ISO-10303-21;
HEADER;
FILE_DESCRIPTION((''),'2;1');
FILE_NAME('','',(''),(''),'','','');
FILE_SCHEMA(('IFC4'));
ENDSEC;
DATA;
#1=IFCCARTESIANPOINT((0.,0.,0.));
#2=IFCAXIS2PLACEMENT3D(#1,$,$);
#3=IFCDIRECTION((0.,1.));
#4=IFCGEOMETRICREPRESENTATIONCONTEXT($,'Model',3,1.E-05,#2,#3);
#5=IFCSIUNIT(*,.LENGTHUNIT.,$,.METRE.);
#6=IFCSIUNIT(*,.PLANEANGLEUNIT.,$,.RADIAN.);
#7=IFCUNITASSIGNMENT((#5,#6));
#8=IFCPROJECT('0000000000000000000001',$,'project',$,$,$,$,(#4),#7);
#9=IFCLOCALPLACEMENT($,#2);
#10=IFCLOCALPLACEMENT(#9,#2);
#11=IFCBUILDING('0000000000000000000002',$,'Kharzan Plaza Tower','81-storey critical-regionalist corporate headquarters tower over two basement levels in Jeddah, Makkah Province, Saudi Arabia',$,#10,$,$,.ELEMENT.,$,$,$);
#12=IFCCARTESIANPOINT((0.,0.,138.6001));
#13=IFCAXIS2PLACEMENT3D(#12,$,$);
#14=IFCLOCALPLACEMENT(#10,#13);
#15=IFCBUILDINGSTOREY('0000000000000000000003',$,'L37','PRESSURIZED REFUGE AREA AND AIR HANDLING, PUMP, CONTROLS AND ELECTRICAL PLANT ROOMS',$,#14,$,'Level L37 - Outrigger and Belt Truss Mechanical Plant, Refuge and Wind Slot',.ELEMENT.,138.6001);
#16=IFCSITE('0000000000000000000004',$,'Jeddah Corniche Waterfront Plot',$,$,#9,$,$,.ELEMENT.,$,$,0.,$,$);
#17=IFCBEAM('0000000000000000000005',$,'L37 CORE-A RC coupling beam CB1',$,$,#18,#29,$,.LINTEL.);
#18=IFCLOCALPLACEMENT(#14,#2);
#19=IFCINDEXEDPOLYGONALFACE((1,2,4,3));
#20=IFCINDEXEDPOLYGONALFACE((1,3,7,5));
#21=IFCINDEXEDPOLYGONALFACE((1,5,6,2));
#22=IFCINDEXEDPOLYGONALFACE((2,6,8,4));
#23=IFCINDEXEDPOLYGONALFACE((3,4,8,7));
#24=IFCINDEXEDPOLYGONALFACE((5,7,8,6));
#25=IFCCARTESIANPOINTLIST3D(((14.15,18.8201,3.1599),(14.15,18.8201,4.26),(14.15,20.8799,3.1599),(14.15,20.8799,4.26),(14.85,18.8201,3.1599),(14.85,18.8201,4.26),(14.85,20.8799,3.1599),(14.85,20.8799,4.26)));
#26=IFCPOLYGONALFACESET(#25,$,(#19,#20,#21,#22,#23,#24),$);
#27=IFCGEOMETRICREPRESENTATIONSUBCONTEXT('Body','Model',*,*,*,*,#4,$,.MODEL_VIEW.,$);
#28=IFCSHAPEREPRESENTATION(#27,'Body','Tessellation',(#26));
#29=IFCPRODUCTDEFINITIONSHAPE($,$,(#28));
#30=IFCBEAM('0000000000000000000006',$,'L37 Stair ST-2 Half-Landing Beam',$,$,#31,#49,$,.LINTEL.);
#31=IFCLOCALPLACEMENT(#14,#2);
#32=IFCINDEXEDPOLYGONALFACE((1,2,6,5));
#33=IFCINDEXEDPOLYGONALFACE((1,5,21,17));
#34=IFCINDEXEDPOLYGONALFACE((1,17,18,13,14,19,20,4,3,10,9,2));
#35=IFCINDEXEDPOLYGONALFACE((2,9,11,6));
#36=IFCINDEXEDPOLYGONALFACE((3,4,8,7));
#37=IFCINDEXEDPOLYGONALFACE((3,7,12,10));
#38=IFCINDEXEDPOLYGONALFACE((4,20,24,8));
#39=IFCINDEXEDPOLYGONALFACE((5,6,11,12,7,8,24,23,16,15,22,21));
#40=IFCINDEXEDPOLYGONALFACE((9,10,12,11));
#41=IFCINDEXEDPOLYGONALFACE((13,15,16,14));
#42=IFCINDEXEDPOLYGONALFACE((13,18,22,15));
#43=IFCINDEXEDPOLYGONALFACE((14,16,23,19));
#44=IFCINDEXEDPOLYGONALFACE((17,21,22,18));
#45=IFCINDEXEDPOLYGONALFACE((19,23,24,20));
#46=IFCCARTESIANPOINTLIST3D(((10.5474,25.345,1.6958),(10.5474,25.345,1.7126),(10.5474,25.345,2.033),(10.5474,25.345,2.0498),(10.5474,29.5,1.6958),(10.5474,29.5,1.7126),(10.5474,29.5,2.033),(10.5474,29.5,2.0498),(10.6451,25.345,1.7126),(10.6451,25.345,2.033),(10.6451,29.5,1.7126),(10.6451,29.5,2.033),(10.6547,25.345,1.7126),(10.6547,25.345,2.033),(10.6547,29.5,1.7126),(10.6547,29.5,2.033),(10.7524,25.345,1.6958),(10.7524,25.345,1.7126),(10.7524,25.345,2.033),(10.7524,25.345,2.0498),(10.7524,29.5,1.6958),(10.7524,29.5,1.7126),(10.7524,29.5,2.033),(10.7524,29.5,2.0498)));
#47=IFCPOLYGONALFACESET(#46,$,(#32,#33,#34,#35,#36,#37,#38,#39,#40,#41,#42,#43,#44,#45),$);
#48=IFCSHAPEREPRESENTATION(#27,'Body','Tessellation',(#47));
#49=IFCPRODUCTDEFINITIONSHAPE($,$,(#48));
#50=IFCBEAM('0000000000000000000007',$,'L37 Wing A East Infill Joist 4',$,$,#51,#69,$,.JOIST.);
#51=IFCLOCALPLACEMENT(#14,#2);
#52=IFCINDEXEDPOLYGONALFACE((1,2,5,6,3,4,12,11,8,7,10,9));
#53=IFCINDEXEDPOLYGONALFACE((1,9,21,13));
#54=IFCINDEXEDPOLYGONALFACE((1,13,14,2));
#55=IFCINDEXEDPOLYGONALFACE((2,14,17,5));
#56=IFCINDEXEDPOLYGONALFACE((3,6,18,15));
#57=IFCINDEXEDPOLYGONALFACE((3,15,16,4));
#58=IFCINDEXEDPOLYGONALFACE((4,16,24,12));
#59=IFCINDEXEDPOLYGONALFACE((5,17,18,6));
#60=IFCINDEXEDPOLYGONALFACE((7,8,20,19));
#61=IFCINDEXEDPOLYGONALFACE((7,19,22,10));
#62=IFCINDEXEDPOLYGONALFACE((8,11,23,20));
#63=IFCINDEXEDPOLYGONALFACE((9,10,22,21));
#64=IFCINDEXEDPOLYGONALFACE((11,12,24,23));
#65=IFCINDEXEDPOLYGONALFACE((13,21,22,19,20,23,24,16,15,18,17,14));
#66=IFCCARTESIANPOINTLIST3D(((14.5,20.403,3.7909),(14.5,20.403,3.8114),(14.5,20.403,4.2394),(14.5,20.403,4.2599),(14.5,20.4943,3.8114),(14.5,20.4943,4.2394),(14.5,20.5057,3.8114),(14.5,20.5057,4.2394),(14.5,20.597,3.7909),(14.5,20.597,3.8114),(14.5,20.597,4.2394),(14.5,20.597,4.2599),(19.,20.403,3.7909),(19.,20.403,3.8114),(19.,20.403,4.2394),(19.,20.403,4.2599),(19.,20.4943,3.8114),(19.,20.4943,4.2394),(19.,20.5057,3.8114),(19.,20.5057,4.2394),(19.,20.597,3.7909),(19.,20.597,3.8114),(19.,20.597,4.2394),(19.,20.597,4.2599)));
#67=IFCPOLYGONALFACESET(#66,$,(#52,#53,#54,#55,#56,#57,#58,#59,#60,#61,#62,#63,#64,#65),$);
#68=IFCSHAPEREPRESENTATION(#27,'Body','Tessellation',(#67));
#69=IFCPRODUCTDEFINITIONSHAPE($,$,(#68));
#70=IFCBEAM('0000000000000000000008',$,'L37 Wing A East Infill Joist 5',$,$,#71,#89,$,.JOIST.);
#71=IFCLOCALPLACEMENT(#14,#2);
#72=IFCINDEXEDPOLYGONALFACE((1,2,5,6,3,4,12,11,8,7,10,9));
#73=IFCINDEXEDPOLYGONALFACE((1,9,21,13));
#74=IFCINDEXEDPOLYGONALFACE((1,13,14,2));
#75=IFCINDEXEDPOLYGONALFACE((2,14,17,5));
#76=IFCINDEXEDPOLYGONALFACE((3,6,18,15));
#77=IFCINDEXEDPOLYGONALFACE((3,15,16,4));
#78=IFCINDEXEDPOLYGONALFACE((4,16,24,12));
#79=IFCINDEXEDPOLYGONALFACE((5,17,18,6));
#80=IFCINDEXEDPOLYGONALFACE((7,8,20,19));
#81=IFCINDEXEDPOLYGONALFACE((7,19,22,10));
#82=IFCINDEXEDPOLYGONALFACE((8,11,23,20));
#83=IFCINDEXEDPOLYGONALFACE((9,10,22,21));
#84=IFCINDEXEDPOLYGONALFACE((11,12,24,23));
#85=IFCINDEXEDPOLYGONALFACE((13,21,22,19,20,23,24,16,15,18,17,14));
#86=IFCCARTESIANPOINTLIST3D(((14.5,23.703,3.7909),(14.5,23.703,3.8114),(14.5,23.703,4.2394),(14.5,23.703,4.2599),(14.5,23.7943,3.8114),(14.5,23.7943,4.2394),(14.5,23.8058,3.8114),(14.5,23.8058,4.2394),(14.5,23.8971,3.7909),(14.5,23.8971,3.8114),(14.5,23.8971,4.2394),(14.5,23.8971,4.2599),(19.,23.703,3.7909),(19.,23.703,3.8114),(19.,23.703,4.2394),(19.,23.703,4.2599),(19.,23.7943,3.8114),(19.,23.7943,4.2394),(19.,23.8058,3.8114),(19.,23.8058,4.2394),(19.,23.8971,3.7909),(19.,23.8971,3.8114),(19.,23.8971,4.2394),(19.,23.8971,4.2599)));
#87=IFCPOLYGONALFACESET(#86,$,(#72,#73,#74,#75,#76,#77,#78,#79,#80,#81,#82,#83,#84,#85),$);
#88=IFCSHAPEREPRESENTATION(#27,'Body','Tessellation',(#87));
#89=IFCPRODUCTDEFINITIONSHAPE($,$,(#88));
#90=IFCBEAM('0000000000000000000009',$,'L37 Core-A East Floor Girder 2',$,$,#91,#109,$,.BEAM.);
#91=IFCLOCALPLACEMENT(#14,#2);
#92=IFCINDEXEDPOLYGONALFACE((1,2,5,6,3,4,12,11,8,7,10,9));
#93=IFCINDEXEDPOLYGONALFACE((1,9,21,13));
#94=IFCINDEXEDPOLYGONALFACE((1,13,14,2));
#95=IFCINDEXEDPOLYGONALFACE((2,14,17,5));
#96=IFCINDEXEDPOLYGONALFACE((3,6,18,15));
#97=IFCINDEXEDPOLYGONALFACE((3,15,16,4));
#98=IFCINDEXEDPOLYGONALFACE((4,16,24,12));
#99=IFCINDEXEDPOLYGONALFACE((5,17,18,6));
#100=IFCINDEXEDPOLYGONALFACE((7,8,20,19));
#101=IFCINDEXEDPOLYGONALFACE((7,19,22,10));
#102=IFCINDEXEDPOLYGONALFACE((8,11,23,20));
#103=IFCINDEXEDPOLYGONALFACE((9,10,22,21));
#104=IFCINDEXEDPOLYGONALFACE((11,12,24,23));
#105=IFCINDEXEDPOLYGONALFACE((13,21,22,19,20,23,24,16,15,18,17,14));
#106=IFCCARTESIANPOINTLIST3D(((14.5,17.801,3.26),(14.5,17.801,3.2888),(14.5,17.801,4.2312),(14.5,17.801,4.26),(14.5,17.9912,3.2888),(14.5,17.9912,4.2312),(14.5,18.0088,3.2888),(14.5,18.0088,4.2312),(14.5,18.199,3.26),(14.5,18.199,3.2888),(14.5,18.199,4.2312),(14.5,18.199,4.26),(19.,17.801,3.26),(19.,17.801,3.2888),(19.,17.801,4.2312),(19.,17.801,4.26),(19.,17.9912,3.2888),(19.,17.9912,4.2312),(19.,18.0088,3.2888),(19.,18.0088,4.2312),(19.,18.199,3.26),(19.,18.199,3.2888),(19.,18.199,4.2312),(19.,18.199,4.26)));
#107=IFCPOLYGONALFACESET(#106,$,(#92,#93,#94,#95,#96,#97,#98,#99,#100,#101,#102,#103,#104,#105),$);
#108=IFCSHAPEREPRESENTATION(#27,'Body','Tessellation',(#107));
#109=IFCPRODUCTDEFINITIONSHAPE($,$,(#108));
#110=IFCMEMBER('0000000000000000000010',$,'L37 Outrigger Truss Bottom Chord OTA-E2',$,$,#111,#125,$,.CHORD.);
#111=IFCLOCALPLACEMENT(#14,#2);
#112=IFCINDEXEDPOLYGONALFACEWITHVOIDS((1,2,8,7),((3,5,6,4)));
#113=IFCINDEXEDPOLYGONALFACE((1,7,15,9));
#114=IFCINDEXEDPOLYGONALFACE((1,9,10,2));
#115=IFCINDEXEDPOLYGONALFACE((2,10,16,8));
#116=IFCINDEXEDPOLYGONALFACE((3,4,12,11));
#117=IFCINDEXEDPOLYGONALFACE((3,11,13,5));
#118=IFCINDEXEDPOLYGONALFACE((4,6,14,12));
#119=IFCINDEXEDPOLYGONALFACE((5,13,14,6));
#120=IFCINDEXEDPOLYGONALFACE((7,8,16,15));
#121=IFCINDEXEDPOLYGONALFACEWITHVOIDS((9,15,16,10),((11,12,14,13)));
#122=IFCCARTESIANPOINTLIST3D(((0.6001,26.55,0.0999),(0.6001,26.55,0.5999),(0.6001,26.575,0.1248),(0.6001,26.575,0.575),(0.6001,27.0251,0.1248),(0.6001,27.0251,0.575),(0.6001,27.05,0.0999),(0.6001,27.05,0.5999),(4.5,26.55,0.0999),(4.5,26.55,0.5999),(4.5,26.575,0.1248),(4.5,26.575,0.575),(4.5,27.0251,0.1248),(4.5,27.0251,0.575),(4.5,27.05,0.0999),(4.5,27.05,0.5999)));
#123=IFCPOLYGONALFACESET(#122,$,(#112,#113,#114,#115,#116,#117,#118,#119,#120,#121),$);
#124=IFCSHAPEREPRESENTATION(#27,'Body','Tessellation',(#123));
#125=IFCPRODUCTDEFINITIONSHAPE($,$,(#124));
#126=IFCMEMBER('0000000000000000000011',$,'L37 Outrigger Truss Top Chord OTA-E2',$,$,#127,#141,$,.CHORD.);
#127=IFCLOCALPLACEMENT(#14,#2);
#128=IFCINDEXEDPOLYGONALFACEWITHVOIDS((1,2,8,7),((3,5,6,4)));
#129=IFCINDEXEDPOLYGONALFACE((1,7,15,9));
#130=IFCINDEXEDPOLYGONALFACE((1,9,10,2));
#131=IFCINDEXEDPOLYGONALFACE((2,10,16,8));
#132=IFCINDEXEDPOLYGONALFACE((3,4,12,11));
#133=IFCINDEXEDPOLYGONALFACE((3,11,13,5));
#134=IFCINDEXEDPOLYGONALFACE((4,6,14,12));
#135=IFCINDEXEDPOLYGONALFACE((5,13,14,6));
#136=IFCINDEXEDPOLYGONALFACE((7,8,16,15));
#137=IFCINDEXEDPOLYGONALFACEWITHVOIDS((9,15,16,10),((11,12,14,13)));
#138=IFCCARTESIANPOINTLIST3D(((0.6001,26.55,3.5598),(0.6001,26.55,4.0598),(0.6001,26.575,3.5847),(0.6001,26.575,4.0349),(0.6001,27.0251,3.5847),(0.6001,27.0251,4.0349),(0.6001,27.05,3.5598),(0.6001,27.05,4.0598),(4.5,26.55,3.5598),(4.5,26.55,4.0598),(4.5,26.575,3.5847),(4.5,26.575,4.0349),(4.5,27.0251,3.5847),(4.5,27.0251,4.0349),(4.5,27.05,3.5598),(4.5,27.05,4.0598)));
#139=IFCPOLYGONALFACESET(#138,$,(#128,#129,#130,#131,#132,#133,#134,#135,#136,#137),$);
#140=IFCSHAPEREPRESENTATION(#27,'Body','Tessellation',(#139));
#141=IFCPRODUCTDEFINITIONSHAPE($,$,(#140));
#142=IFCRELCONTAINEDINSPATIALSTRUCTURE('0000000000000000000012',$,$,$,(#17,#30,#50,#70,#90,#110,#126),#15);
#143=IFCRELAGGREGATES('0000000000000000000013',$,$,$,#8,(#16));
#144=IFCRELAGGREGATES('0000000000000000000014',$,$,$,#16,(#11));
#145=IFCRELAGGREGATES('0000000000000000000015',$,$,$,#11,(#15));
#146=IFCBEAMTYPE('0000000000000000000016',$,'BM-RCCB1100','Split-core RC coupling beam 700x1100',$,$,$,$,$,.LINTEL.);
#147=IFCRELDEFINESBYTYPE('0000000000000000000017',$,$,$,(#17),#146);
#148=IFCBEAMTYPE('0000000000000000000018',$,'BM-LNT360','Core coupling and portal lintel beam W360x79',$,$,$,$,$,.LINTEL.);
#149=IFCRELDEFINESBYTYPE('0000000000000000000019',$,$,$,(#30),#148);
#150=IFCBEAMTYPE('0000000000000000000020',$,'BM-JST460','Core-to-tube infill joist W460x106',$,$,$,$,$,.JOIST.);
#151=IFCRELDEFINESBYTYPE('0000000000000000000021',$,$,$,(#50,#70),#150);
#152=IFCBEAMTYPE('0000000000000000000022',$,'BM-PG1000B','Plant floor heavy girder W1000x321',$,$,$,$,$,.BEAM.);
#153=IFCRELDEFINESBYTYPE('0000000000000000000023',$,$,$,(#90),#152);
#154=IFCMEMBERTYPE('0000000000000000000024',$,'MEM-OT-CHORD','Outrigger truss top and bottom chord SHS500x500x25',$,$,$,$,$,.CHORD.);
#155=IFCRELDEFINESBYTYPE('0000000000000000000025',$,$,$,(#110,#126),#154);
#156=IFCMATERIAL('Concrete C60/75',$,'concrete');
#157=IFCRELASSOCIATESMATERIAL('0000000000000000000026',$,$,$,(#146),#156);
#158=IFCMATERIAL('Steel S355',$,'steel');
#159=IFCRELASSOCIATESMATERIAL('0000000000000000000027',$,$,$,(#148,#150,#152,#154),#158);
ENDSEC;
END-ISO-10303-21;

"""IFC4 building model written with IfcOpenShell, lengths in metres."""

from ifc_helpers import new_model, si_unit, direction, frame, origin, origin_2d, place, context, subcontext, project, spatial, rectangle, hollow_rectangle, i_section, extrude, source, transform, mapped, material, material_profile, profile_set, type_object, element, save


model = new_model("IFC4")

# Units and contexts
model_context = context("Model", 3, precision=1e-05, world=origin(), true_north=direction((0.0, 1.0)))
body_context = subcontext(model_context, "Body", "Model", "MODEL_VIEW")
ifc_project = project(units=[si_unit("LENGTHUNIT", "METRE"), si_unit("PLANEANGLEUNIT", "RADIAN")], contexts=[model_context])

# Site, building, storey
site_placement = place(None, origin())
site = spatial("IfcSite", under=ifc_project, at=site_placement, Name="Jeddah Corniche Waterfront Plot", CompositionType="ELEMENT", RefElevation=0.0)
building_placement = place(site_placement, origin())
building = spatial("IfcBuilding", under=site, at=building_placement, Name="Kharzan Plaza Tower", Description="81-storey critical-regionalist corporate headquarters tower over two basement levels in Jeddah, Makkah Province, Saudi Arabia", CompositionType="ELEMENT")
storey_placement = place(building_placement, frame((0.0, 0.0, 138.6001)))
storey = spatial("IfcBuildingStorey", under=building, at=storey_placement, Name="L37", Description="PRESSURIZED REFUGE AREA AND AIR HANDLING, PUMP, CONTROLS AND ELECTRICAL PLANT ROOMS", LongName="Level L37 - Outrigger and Belt Truss Mechanical Plant, Refuge and Wind Slot", CompositionType="ELEMENT", Elevation=138.6001)

# Beams
ifc_material_1 = material(Name="Concrete C60/75", Category="concrete")
ifc_material_profile_1 = material_profile(ifc_material_1, rectangle(XDim=0.7, YDim=1.1001, at=origin_2d()), Name="RC-CB1100x700")
ifc_profile_set_1 = profile_set([ifc_material_profile_1], Name="Concrete C60/75")
beam_type_1 = type_object("IfcBeamType", Name="BM-RCCB1100", Description="Split-core RC coupling beam 700x1100", PredefinedType="LINTEL", material=ifc_profile_set_1)
shared_shape_1 = source(origin(), body_context, "Body", "SweptSolid", [
    extrude(rectangle(XDim=0.7, YDim=1.1001, at=origin_2d()), origin(), (0.0, 0.0, 1.0), 2.0598),
])
beam_1_placement = place(storey_placement, frame((14.5, 18.8201, 3.71), z_axis=(0.0, 1.0, 0.0), x_axis=(-1.0, 0.0, 0.0)))
element("IfcBeam", 1, at=beam_1_placement, inside=storey, type_object=beam_type_1, Name="L37 CORE-A RC coupling beam CB1", PredefinedType="LINTEL", context=body_context, shape_type="MappedRepresentation", body=[
    mapped(shared_shape_1, transform((0.0, 0.0, 0.0), x_axis=(1.0, 0.0, 0.0), y_axis=(0.0, 1.0, 0.0), z_axis=(0.0, 0.0, 1.0))),
])
ifc_material_2 = material(Name="Steel S355", Category="steel")
ifc_material_profile_2 = material_profile(ifc_material_2, i_section(OverallWidth=0.2051, OverallDepth=0.354, WebThickness=0.0095, FlangeThickness=0.0168, at=origin_2d()), Name="W360x79")
ifc_profile_set_2 = profile_set([ifc_material_profile_2], Name="Steel S355")
beam_type_2 = type_object("IfcBeamType", Name="BM-LNT360", Description="Core coupling and portal lintel beam W360x79", PredefinedType="LINTEL", material=ifc_profile_set_2)
shared_shape_2 = source(origin(), body_context, "Body", "SweptSolid", [
    extrude(i_section(OverallWidth=0.2051, OverallDepth=0.354, WebThickness=0.0095, FlangeThickness=0.0168, at=origin_2d()), origin(), (0.0, 0.0, 1.0), 4.155),
])
beam_2_placement = place(storey_placement, frame((10.6499, 25.345, 1.8728), z_axis=(0.0, 1.0, 0.0), x_axis=(-1.0, 0.0, 0.0)))
element("IfcBeam", 2, at=beam_2_placement, inside=storey, type_object=beam_type_2, Name="L37 Stair ST-2 Half-Landing Beam", PredefinedType="LINTEL", context=body_context, shape_type="MappedRepresentation", body=[
    mapped(shared_shape_2, transform((0.0, 0.0, 0.0), x_axis=(1.0, 0.0, 0.0), y_axis=(0.0, 1.0, 0.0), z_axis=(0.0, 0.0, 1.0))),
])
ifc_material_profile_3 = material_profile(ifc_material_2, i_section(OverallWidth=0.1941, OverallDepth=0.469, WebThickness=0.0115, FlangeThickness=0.0205, at=origin_2d()), Name="W460x106")
ifc_profile_set_3 = profile_set([ifc_material_profile_3], Name="Steel S355")
beam_type_3 = type_object("IfcBeamType", Name="BM-JST460", Description="Core-to-tube infill joist W460x106", PredefinedType="JOIST", material=ifc_profile_set_3)
shared_shape_3 = source(origin(), body_context, "Body", "SweptSolid", [
    extrude(i_section(OverallWidth=0.1941, OverallDepth=0.469, WebThickness=0.0115, FlangeThickness=0.0205, at=origin_2d()), origin(), (0.0, 0.0, 1.0), 4.5),
])
for number, where, z_axis, x_axis, name in (
    (3, (14.5, 20.5, 4.0254), (1.0, 0.0, 0.0), (0.0, 1.0, 0.0), "L37 Wing A East Infill Joist 4"),
    (4, (14.5, 23.8, 4.0254), (1.0, 0.0, 0.0), (0.0, 1.0, 0.0), "L37 Wing A East Infill Joist 5"),
):
    element("IfcBeam", number, at=place(storey_placement, frame(where, z_axis=z_axis, x_axis=x_axis)), inside=storey, type_object=beam_type_3, Name=name, PredefinedType="JOIST", context=body_context, shape_type="MappedRepresentation", body=[
        mapped(shared_shape_3, transform((0.0, 0.0, 0.0), x_axis=(1.0, 0.0, 0.0), y_axis=(0.0, 1.0, 0.0), z_axis=(0.0, 0.0, 1.0))),
    ])
ifc_material_profile_4 = material_profile(ifc_material_2, i_section(OverallWidth=0.3979, OverallDepth=1.0, WebThickness=0.0176, FlangeThickness=0.0288, at=origin_2d()), Name="W1000x321")
ifc_profile_set_4 = profile_set([ifc_material_profile_4], Name="Steel S355")
beam_type_4 = type_object("IfcBeamType", Name="BM-PG1000B", Description="Plant floor heavy girder W1000x321", PredefinedType="BEAM", material=ifc_profile_set_4)
shared_shape_4 = source(origin(), body_context, "Body", "SweptSolid", [
    extrude(i_section(OverallWidth=0.3979, OverallDepth=1.0, WebThickness=0.0176, FlangeThickness=0.0288, at=origin_2d()), origin(), (0.0, 0.0, 1.0), 4.5),
])
beam_3_placement = place(storey_placement, frame((14.5, 18.0, 3.76), z_axis=(1.0, 0.0, 0.0), x_axis=(0.0, 1.0, 0.0)))
element("IfcBeam", 5, at=beam_3_placement, inside=storey, type_object=beam_type_4, Name="L37 Core-A East Floor Girder 2", PredefinedType="BEAM", context=body_context, shape_type="MappedRepresentation", body=[
    mapped(shared_shape_4, transform((0.0, 0.0, 0.0), x_axis=(1.0, 0.0, 0.0), y_axis=(0.0, 1.0, 0.0), z_axis=(0.0, 0.0, 1.0))),
])

# Members
ifc_material_profile_5 = material_profile(ifc_material_2, hollow_rectangle(XDim=0.5, YDim=0.5, WallThickness=0.0249, at=origin_2d()), Name="SHS500x500x25")
ifc_profile_set_5 = profile_set([ifc_material_profile_5], Name="Steel S355")
member_type_1 = type_object("IfcMemberType", Name="MEM-OT-CHORD", Description="Outrigger truss top and bottom chord SHS500x500x25", PredefinedType="CHORD", material=ifc_profile_set_5)
shared_shape_5 = source(origin(), body_context, "Body", "SweptSolid", [
    extrude(hollow_rectangle(XDim=0.5, YDim=0.5, WallThickness=0.0249, at=origin_2d()), origin(), (0.0, 0.0, 1.0), 3.8999),
])
for number, where, z_axis, x_axis, name in (
    (6, (4.5, 26.8, 0.3499), (-1.0, 0.0, 0.0), (0.0, -1.0, 0.0), "L37 Outrigger Truss Bottom Chord OTA-E2"),
    (7, (4.5, 26.8, 3.8098), (-1.0, 0.0, 0.0), (0.0, -1.0, 0.0), "L37 Outrigger Truss Top Chord OTA-E2"),
):
    element("IfcMember", number, at=place(storey_placement, frame(where, z_axis=z_axis, x_axis=x_axis)), inside=storey, type_object=member_type_1, Name=name, PredefinedType="CHORD", context=body_context, shape_type="MappedRepresentation", body=[
        mapped(shared_shape_5, transform((0.0, 0.0, 0.0), x_axis=(1.0, 0.0, 0.0), y_axis=(0.0, 1.0, 0.0), z_axis=(0.0, 0.0, 1.0))),
    ])

save(model, "model.ifc")
